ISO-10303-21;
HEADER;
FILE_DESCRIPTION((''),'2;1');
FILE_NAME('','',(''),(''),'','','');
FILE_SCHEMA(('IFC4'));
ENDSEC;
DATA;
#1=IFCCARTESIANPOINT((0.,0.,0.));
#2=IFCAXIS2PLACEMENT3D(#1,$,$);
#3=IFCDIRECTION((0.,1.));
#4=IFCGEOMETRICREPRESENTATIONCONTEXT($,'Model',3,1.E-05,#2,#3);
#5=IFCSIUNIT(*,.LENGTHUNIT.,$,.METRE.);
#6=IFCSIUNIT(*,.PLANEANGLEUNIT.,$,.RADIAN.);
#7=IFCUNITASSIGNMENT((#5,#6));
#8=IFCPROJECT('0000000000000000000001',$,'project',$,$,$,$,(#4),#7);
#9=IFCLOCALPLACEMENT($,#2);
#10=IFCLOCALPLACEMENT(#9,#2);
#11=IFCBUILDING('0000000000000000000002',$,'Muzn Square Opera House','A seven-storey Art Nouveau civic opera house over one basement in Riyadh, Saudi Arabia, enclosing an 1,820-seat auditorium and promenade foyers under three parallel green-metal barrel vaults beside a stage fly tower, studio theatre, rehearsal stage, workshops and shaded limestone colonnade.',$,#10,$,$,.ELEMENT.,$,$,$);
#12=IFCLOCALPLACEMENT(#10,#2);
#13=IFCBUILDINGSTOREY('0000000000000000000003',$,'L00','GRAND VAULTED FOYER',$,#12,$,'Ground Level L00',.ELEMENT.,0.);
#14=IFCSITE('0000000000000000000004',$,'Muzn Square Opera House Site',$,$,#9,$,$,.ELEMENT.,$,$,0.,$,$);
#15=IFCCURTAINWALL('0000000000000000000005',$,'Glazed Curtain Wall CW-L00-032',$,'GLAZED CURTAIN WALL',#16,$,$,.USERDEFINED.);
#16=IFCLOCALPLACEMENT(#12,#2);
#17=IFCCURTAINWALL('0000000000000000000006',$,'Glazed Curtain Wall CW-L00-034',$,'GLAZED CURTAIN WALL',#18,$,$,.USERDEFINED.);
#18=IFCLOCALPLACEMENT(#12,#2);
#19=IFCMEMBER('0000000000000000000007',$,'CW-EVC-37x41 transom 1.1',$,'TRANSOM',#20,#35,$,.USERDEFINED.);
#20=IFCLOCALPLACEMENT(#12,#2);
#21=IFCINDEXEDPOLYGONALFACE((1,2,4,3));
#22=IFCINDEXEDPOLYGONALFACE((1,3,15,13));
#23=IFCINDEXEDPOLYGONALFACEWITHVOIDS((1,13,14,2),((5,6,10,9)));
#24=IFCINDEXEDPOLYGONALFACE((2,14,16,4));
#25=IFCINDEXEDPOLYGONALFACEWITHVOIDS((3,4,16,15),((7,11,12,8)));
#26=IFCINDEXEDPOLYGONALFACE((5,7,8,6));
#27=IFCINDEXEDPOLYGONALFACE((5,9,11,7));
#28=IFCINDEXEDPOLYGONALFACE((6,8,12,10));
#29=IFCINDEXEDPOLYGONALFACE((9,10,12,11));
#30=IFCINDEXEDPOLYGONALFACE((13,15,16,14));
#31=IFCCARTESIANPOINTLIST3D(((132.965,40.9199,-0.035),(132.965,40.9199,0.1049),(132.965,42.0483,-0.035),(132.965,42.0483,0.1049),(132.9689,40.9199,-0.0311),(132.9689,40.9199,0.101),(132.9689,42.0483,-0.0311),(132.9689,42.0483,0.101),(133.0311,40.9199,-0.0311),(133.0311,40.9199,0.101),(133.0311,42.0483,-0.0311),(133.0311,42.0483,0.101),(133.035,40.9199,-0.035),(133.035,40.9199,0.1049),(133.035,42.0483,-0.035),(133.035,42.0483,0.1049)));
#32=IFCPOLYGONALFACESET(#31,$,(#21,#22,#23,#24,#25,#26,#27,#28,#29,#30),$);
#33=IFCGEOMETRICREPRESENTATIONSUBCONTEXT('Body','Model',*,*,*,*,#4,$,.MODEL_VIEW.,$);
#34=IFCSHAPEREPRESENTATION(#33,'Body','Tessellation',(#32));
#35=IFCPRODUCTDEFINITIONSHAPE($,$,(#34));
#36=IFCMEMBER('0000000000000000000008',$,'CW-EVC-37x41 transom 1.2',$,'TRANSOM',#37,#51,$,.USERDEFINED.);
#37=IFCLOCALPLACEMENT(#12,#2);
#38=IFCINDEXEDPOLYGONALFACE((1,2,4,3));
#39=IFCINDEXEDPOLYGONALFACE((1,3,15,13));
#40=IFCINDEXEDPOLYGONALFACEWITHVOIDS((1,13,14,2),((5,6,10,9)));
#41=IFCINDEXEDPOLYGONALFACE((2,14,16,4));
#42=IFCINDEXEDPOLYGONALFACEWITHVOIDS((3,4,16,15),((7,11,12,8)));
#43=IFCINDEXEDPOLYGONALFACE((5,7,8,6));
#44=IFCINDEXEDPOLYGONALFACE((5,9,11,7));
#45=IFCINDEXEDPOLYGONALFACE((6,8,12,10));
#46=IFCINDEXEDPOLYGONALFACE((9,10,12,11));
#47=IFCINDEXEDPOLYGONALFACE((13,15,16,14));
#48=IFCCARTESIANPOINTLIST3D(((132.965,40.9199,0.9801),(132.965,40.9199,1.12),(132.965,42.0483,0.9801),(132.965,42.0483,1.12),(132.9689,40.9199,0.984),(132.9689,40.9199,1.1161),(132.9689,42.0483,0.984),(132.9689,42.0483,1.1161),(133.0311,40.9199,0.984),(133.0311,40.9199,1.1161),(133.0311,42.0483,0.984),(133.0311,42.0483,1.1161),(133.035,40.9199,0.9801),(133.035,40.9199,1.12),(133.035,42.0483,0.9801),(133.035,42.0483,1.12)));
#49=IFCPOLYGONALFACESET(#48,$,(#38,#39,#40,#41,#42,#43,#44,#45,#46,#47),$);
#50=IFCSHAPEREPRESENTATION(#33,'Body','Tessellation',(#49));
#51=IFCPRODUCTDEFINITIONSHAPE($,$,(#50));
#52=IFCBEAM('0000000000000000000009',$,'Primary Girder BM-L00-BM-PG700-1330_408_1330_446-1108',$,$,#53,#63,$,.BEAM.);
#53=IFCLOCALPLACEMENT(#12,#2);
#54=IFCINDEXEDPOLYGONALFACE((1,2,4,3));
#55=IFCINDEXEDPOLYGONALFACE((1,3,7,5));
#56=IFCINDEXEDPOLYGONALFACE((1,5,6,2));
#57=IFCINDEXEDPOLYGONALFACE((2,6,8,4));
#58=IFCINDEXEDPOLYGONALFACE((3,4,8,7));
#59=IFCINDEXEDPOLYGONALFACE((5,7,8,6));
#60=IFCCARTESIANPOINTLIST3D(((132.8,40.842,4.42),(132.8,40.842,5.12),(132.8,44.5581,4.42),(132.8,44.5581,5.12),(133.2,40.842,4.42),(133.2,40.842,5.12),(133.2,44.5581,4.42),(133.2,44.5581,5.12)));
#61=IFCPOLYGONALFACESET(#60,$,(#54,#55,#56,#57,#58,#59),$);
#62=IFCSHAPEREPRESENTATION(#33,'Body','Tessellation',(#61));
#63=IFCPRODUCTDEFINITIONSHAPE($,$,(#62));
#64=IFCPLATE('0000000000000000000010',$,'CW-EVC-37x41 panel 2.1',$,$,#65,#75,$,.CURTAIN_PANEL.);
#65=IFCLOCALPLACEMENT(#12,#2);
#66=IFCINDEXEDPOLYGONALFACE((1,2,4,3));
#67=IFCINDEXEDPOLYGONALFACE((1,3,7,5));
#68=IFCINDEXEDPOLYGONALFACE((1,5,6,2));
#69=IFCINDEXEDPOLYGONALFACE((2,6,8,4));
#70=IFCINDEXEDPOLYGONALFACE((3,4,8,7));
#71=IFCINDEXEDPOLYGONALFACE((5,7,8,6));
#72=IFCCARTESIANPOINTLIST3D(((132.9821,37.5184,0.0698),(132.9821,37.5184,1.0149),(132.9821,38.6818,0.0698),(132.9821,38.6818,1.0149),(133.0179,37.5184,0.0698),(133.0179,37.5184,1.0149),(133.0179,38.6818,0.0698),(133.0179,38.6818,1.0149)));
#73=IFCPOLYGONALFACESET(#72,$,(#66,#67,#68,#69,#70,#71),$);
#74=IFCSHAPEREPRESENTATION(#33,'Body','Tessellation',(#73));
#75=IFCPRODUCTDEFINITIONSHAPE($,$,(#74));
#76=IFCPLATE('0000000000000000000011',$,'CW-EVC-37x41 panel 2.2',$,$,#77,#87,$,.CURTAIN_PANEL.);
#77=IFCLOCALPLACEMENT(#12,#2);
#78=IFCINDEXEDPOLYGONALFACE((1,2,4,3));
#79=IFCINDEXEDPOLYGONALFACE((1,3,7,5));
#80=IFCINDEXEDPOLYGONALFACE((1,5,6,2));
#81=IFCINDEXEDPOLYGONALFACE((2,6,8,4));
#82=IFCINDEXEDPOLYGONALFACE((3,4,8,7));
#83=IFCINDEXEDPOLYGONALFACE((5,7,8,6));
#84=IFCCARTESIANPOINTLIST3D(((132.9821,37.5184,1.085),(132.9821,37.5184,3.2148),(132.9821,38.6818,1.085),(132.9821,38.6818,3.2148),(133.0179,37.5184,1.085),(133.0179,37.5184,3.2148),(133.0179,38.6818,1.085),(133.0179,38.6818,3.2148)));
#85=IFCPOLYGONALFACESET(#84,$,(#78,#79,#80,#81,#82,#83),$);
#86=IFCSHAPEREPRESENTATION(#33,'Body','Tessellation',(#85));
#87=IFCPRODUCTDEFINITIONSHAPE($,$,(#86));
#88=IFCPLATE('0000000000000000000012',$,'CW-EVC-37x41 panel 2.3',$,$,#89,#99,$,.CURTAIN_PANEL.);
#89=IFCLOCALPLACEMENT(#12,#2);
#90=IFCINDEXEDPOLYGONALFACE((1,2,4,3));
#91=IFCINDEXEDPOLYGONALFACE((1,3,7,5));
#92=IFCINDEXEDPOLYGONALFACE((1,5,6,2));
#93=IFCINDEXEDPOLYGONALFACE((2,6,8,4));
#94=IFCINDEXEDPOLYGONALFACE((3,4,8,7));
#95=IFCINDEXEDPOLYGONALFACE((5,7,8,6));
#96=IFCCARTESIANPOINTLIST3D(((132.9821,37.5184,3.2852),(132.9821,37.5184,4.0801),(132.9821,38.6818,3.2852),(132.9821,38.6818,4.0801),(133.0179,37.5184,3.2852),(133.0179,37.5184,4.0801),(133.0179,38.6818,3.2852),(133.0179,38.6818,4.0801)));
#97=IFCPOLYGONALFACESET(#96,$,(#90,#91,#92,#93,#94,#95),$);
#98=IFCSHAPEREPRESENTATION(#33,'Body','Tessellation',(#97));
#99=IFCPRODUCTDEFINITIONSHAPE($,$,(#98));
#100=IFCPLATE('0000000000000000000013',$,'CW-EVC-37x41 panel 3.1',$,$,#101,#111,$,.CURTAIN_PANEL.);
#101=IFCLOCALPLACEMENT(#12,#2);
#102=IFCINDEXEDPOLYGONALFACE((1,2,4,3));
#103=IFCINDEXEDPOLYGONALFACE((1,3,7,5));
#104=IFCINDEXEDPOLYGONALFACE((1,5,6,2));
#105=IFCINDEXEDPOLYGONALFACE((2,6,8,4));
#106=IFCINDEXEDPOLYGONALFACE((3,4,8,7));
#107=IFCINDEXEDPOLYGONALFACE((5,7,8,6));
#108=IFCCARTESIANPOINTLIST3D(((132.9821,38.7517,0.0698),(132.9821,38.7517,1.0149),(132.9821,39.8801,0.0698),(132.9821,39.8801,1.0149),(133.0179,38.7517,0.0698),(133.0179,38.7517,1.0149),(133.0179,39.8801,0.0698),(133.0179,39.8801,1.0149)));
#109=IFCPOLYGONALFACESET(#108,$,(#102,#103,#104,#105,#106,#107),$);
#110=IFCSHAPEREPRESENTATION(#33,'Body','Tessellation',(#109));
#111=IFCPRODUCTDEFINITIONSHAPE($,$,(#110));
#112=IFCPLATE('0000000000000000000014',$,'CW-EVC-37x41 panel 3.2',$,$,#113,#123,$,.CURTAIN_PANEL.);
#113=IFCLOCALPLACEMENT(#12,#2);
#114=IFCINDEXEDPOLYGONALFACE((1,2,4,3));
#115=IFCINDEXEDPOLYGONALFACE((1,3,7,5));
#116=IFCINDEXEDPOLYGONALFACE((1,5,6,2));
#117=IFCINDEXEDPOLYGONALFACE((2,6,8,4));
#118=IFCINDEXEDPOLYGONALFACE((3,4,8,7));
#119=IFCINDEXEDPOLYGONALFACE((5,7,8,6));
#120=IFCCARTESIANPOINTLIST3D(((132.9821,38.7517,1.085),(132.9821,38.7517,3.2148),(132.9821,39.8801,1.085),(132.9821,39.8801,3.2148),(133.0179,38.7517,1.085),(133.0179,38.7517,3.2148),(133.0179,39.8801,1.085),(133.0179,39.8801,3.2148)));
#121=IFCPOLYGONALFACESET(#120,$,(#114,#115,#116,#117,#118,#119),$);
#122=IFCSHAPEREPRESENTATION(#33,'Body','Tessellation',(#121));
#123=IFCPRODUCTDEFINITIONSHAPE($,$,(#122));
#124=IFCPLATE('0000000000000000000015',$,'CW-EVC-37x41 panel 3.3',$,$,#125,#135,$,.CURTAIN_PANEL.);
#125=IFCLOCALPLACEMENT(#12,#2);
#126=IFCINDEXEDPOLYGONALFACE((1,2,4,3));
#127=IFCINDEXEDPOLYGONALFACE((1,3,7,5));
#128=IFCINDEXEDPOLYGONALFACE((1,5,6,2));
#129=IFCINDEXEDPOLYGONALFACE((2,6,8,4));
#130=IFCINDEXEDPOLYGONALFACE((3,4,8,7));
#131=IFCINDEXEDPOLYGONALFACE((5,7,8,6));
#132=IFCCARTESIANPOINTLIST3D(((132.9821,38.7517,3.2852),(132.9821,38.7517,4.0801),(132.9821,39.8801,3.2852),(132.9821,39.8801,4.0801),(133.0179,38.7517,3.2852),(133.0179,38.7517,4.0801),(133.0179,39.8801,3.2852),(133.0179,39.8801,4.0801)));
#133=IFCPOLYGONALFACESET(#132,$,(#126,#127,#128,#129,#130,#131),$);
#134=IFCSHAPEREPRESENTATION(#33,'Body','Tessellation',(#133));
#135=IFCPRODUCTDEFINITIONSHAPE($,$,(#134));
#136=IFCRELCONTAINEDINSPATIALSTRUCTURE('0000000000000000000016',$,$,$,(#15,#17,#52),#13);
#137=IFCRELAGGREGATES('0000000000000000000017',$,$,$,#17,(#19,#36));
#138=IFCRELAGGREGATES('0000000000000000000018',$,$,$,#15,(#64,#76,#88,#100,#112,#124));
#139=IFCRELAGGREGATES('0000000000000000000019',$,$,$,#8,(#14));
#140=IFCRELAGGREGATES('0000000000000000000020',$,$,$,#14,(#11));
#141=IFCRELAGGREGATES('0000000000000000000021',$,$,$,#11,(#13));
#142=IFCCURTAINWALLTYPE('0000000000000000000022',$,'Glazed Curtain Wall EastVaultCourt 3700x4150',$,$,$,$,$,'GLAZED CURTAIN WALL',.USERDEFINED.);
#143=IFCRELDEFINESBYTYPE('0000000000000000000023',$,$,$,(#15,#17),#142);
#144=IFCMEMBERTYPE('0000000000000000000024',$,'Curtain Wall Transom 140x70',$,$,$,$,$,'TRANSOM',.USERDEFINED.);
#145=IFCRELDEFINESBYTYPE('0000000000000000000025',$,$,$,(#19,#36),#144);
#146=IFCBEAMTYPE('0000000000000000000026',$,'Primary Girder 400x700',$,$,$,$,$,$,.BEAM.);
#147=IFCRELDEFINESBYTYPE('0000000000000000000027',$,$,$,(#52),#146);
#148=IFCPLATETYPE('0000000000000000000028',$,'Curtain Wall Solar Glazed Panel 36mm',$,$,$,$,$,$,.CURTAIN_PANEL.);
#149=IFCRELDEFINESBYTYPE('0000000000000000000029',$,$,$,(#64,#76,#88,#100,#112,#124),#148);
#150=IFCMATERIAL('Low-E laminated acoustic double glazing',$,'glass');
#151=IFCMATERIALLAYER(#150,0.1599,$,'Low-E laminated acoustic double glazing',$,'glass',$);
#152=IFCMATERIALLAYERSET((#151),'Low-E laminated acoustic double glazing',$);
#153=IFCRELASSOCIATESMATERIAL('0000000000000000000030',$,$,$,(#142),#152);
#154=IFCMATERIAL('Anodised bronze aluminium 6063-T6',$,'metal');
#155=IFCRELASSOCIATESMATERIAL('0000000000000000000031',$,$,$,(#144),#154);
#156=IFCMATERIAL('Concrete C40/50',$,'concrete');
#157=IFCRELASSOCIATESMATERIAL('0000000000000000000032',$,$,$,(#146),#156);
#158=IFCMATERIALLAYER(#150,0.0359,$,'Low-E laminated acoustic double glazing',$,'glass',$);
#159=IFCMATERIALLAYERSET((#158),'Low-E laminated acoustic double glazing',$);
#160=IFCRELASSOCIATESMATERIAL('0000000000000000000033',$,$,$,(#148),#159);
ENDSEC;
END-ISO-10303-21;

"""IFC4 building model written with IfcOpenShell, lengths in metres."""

from ifc_helpers import new_model, si_unit, direction, frame, origin, origin_2d, place, context, subcontext, project, spatial, rectangle, hollow_rectangle, extrude, material, layer, layer_set, material_profile, profile_set, type_object, element, aggregate, save


model = new_model("IFC4")

# Units and contexts
model_context = context("Model", 3, precision=1e-05, world=origin(), true_north=direction((0.0, 1.0)))
body_context = subcontext(model_context, "Body", "Model", "MODEL_VIEW")
ifc_project = project(units=[si_unit("LENGTHUNIT", "METRE"), si_unit("PLANEANGLEUNIT", "RADIAN")], contexts=[model_context])

# Site, building, storey
site_placement = place(None, origin())
site = spatial("IfcSite", under=ifc_project, at=site_placement, Name="Muzn Square Opera House Site", CompositionType="ELEMENT", RefElevation=0.0)
building_placement = place(site_placement, origin())
building = spatial("IfcBuilding", under=site, at=building_placement, Name="Muzn Square Opera House", Description="A seven-storey Art Nouveau civic opera house over one basement in Riyadh, Saudi Arabia, enclosing an 1,820-seat auditorium and promenade foyers under three parallel green-metal barrel vaults beside a stage fly tower, studio theatre, rehearsal stage, workshops and shaded limestone colonnade.", CompositionType="ELEMENT")
storey_placement = place(building_placement, origin())
storey = spatial("IfcBuildingStorey", under=building, at=storey_placement, Name="L00", Description="GRAND VAULTED FOYER", LongName="Ground Level L00", CompositionType="ELEMENT", Elevation=0.0)

# Curtain wall
ifc_material_1 = material(Name="Low-E laminated acoustic double glazing", Category="glass")
ifc_layer_1 = layer(ifc_material_1, 0.1599, Name="Low-E laminated acoustic double glazing", Category="glass")
ifc_layer_set_1 = layer_set([ifc_layer_1], Name="Low-E laminated acoustic double glazing")
curtain_wall_type = type_object("IfcCurtainWallType", Name="Glazed Curtain Wall EastVaultCourt 3700x4150", ElementType="GLAZED CURTAIN WALL", PredefinedType="USERDEFINED", material=ifc_layer_set_1)
curtain_wall_1_placement = place(storey_placement, origin())
curtain_wall_1 = element("IfcCurtainWall", 1, at=curtain_wall_1_placement, inside=storey, type_object=curtain_wall_type, Name="Glazed Curtain Wall CW-L00-032", ObjectType="GLAZED CURTAIN WALL", PredefinedType="USERDEFINED")
ifc_material_2 = material(Name="Anodised bronze aluminium 6063-T6", Category="metal")

# Curtain wall
curtain_wall_2_placement = place(storey_placement, origin())
curtain_wall_2 = element("IfcCurtainWall", 2, at=curtain_wall_2_placement, inside=storey, type_object=curtain_wall_type, Name="Glazed Curtain Wall CW-L00-034", ObjectType="GLAZED CURTAIN WALL", PredefinedType="USERDEFINED")

# Members
ifc_material_profile_1 = material_profile(ifc_material_2, hollow_rectangle(XDim=0.0701, YDim=0.1399, WallThickness=0.0039, at=origin_2d()), Name="ALU 140x70x4", Category="metal")
ifc_profile_set_1 = profile_set([ifc_material_profile_1], Name="Anodised bronze aluminium 6063-T6")
member_type_1 = type_object("IfcMemberType", Name="Curtain Wall Transom 140x70", ElementType="TRANSOM", PredefinedType="USERDEFINED", material=ifc_profile_set_1)
member_1_placement = place(storey_placement, frame((133.0, 40.9199, 0.0349), z_axis=(0.0, 1.0, 0.0), x_axis=(-1.0, 0.0, 0.0)))
member_1 = element("IfcMember", 3, at=member_1_placement, type_object=member_type_1, Name="CW-EVC-37x41 transom 1.1", ObjectType="TRANSOM", PredefinedType="USERDEFINED", context=body_context, shape_type="SweptSolid", body=[
    extrude(hollow_rectangle(XDim=0.0701, YDim=0.1399, WallThickness=0.0039, at=origin_2d()), origin(), (0.0, 0.0, 1.0), 1.1284),
])
member_2_placement = place(storey_placement, frame((133.0, 40.9199, 1.05), z_axis=(0.0, 1.0, 0.0), x_axis=(-1.0, 0.0, 0.0)))
member_2 = element("IfcMember", 4, at=member_2_placement, type_object=member_type_1, Name="CW-EVC-37x41 transom 1.2", ObjectType="TRANSOM", PredefinedType="USERDEFINED", context=body_context, shape_type="SweptSolid", body=[
    extrude(hollow_rectangle(XDim=0.0701, YDim=0.1399, WallThickness=0.0039, at=origin_2d()), origin(), (0.0, 0.0, 1.0), 1.1284),
])
aggregate(curtain_wall_2, [member_1, member_2])

# Beam
ifc_material_3 = material(Name="Concrete C40/50", Category="concrete")
ifc_material_profile_2 = material_profile(ifc_material_3, rectangle(XDim=0.3999, YDim=0.7, at=origin_2d()), Name="RCB 400x700", Category="concrete")
ifc_profile_set_2 = profile_set([ifc_material_profile_2], Name="Concrete C40/50")
beam_type = type_object("IfcBeamType", Name="Primary Girder 400x700", PredefinedType="BEAM", material=ifc_profile_set_2)
beam_placement = place(storey_placement, frame((133.0, 40.842, 4.77), z_axis=(0.0, 1.0, 0.0), x_axis=(-1.0, 0.0, 0.0)))
element("IfcBeam", 5, at=beam_placement, inside=storey, type_object=beam_type, Name="Primary Girder BM-L00-BM-PG700-1330_408_1330_446-1108", PredefinedType="BEAM", context=body_context, shape_type="SweptSolid", body=[
    extrude(rectangle(XDim=0.3999, YDim=0.7, at=origin_2d()), origin(), (0.0, 0.0, 1.0), 3.7161),
])

# Plates
ifc_layer_2 = layer(ifc_material_1, 0.0359, Name="Low-E laminated acoustic double glazing", Category="glass")
ifc_layer_set_2 = layer_set([ifc_layer_2], Name="Low-E laminated acoustic double glazing")
plate_type = type_object("IfcPlateType", Name="Curtain Wall Solar Glazed Panel 36mm", PredefinedType="CURTAIN_PANEL", material=ifc_layer_set_2)
plate_1_placement = place(storey_placement, frame((133.0, 38.1001, 0.0698), z_axis=(0.0, 0.0, 1.0), x_axis=(0.0, 1.0, 0.0)))
plate_1 = element("IfcPlate", 6, at=plate_1_placement, type_object=plate_type, Name="CW-EVC-37x41 panel 2.1", PredefinedType="CURTAIN_PANEL", context=body_context, shape_type="SweptSolid", body=[
    extrude(rectangle(XDim=1.1633, YDim=0.0359, at=origin_2d()), origin(), (0.0, 0.0, 1.0), 0.9451),
])
plate_2_placement = place(storey_placement, frame((133.0, 38.1001, 1.085), z_axis=(0.0, 0.0, 1.0), x_axis=(0.0, 1.0, 0.0)))
plate_2 = element("IfcPlate", 7, at=plate_2_placement, type_object=plate_type, Name="CW-EVC-37x41 panel 2.2", PredefinedType="CURTAIN_PANEL", context=body_context, shape_type="SweptSolid", body=[
    extrude(rectangle(XDim=1.1633, YDim=0.0359, at=origin_2d()), origin(), (0.0, 0.0, 1.0), 2.1299),
])
plate_3_placement = place(storey_placement, frame((133.0, 38.1001, 3.2852), z_axis=(0.0, 0.0, 1.0), x_axis=(0.0, 1.0, 0.0)))
plate_3 = element("IfcPlate", 8, at=plate_3_placement, type_object=plate_type, Name="CW-EVC-37x41 panel 2.3", PredefinedType="CURTAIN_PANEL", context=body_context, shape_type="SweptSolid", body=[
    extrude(rectangle(XDim=1.1633, YDim=0.0359, at=origin_2d()), origin(), (0.0, 0.0, 1.0), 0.7949),
])
plate_4_placement = place(storey_placement, frame((133.0, 39.3159, 0.0698), z_axis=(0.0, 0.0, 1.0), x_axis=(0.0, 1.0, 0.0)))
plate_4 = element("IfcPlate", 9, at=plate_4_placement, type_object=plate_type, Name="CW-EVC-37x41 panel 3.1", PredefinedType="CURTAIN_PANEL", context=body_context, shape_type="SweptSolid", body=[
    extrude(rectangle(XDim=1.1284, YDim=0.0359, at=origin_2d()), origin(), (0.0, 0.0, 1.0), 0.9451),
])
plate_5_placement = place(storey_placement, frame((133.0, 39.3159, 1.085), z_axis=(0.0, 0.0, 1.0), x_axis=(0.0, 1.0, 0.0)))
plate_5 = element("IfcPlate", 10, at=plate_5_placement, type_object=plate_type, Name="CW-EVC-37x41 panel 3.2", PredefinedType="CURTAIN_PANEL", context=body_context, shape_type="SweptSolid", body=[
    extrude(rectangle(XDim=1.1284, YDim=0.0359, at=origin_2d()), origin(), (0.0, 0.0, 1.0), 2.1299),
])
plate_6_placement = place(storey_placement, frame((133.0, 39.3159, 3.2852), z_axis=(0.0, 0.0, 1.0), x_axis=(0.0, 1.0, 0.0)))
plate_6 = element("IfcPlate", 11, at=plate_6_placement, type_object=plate_type, Name="CW-EVC-37x41 panel 3.3", PredefinedType="CURTAIN_PANEL", context=body_context, shape_type="SweptSolid", body=[
    extrude(rectangle(XDim=1.1284, YDim=0.0359, at=origin_2d()), origin(), (0.0, 0.0, 1.0), 0.7949),
])
aggregate(curtain_wall_1, [plate_1, plate_2, plate_3, plate_4, plate_5, plate_6])

save(model, "model.ifc")
